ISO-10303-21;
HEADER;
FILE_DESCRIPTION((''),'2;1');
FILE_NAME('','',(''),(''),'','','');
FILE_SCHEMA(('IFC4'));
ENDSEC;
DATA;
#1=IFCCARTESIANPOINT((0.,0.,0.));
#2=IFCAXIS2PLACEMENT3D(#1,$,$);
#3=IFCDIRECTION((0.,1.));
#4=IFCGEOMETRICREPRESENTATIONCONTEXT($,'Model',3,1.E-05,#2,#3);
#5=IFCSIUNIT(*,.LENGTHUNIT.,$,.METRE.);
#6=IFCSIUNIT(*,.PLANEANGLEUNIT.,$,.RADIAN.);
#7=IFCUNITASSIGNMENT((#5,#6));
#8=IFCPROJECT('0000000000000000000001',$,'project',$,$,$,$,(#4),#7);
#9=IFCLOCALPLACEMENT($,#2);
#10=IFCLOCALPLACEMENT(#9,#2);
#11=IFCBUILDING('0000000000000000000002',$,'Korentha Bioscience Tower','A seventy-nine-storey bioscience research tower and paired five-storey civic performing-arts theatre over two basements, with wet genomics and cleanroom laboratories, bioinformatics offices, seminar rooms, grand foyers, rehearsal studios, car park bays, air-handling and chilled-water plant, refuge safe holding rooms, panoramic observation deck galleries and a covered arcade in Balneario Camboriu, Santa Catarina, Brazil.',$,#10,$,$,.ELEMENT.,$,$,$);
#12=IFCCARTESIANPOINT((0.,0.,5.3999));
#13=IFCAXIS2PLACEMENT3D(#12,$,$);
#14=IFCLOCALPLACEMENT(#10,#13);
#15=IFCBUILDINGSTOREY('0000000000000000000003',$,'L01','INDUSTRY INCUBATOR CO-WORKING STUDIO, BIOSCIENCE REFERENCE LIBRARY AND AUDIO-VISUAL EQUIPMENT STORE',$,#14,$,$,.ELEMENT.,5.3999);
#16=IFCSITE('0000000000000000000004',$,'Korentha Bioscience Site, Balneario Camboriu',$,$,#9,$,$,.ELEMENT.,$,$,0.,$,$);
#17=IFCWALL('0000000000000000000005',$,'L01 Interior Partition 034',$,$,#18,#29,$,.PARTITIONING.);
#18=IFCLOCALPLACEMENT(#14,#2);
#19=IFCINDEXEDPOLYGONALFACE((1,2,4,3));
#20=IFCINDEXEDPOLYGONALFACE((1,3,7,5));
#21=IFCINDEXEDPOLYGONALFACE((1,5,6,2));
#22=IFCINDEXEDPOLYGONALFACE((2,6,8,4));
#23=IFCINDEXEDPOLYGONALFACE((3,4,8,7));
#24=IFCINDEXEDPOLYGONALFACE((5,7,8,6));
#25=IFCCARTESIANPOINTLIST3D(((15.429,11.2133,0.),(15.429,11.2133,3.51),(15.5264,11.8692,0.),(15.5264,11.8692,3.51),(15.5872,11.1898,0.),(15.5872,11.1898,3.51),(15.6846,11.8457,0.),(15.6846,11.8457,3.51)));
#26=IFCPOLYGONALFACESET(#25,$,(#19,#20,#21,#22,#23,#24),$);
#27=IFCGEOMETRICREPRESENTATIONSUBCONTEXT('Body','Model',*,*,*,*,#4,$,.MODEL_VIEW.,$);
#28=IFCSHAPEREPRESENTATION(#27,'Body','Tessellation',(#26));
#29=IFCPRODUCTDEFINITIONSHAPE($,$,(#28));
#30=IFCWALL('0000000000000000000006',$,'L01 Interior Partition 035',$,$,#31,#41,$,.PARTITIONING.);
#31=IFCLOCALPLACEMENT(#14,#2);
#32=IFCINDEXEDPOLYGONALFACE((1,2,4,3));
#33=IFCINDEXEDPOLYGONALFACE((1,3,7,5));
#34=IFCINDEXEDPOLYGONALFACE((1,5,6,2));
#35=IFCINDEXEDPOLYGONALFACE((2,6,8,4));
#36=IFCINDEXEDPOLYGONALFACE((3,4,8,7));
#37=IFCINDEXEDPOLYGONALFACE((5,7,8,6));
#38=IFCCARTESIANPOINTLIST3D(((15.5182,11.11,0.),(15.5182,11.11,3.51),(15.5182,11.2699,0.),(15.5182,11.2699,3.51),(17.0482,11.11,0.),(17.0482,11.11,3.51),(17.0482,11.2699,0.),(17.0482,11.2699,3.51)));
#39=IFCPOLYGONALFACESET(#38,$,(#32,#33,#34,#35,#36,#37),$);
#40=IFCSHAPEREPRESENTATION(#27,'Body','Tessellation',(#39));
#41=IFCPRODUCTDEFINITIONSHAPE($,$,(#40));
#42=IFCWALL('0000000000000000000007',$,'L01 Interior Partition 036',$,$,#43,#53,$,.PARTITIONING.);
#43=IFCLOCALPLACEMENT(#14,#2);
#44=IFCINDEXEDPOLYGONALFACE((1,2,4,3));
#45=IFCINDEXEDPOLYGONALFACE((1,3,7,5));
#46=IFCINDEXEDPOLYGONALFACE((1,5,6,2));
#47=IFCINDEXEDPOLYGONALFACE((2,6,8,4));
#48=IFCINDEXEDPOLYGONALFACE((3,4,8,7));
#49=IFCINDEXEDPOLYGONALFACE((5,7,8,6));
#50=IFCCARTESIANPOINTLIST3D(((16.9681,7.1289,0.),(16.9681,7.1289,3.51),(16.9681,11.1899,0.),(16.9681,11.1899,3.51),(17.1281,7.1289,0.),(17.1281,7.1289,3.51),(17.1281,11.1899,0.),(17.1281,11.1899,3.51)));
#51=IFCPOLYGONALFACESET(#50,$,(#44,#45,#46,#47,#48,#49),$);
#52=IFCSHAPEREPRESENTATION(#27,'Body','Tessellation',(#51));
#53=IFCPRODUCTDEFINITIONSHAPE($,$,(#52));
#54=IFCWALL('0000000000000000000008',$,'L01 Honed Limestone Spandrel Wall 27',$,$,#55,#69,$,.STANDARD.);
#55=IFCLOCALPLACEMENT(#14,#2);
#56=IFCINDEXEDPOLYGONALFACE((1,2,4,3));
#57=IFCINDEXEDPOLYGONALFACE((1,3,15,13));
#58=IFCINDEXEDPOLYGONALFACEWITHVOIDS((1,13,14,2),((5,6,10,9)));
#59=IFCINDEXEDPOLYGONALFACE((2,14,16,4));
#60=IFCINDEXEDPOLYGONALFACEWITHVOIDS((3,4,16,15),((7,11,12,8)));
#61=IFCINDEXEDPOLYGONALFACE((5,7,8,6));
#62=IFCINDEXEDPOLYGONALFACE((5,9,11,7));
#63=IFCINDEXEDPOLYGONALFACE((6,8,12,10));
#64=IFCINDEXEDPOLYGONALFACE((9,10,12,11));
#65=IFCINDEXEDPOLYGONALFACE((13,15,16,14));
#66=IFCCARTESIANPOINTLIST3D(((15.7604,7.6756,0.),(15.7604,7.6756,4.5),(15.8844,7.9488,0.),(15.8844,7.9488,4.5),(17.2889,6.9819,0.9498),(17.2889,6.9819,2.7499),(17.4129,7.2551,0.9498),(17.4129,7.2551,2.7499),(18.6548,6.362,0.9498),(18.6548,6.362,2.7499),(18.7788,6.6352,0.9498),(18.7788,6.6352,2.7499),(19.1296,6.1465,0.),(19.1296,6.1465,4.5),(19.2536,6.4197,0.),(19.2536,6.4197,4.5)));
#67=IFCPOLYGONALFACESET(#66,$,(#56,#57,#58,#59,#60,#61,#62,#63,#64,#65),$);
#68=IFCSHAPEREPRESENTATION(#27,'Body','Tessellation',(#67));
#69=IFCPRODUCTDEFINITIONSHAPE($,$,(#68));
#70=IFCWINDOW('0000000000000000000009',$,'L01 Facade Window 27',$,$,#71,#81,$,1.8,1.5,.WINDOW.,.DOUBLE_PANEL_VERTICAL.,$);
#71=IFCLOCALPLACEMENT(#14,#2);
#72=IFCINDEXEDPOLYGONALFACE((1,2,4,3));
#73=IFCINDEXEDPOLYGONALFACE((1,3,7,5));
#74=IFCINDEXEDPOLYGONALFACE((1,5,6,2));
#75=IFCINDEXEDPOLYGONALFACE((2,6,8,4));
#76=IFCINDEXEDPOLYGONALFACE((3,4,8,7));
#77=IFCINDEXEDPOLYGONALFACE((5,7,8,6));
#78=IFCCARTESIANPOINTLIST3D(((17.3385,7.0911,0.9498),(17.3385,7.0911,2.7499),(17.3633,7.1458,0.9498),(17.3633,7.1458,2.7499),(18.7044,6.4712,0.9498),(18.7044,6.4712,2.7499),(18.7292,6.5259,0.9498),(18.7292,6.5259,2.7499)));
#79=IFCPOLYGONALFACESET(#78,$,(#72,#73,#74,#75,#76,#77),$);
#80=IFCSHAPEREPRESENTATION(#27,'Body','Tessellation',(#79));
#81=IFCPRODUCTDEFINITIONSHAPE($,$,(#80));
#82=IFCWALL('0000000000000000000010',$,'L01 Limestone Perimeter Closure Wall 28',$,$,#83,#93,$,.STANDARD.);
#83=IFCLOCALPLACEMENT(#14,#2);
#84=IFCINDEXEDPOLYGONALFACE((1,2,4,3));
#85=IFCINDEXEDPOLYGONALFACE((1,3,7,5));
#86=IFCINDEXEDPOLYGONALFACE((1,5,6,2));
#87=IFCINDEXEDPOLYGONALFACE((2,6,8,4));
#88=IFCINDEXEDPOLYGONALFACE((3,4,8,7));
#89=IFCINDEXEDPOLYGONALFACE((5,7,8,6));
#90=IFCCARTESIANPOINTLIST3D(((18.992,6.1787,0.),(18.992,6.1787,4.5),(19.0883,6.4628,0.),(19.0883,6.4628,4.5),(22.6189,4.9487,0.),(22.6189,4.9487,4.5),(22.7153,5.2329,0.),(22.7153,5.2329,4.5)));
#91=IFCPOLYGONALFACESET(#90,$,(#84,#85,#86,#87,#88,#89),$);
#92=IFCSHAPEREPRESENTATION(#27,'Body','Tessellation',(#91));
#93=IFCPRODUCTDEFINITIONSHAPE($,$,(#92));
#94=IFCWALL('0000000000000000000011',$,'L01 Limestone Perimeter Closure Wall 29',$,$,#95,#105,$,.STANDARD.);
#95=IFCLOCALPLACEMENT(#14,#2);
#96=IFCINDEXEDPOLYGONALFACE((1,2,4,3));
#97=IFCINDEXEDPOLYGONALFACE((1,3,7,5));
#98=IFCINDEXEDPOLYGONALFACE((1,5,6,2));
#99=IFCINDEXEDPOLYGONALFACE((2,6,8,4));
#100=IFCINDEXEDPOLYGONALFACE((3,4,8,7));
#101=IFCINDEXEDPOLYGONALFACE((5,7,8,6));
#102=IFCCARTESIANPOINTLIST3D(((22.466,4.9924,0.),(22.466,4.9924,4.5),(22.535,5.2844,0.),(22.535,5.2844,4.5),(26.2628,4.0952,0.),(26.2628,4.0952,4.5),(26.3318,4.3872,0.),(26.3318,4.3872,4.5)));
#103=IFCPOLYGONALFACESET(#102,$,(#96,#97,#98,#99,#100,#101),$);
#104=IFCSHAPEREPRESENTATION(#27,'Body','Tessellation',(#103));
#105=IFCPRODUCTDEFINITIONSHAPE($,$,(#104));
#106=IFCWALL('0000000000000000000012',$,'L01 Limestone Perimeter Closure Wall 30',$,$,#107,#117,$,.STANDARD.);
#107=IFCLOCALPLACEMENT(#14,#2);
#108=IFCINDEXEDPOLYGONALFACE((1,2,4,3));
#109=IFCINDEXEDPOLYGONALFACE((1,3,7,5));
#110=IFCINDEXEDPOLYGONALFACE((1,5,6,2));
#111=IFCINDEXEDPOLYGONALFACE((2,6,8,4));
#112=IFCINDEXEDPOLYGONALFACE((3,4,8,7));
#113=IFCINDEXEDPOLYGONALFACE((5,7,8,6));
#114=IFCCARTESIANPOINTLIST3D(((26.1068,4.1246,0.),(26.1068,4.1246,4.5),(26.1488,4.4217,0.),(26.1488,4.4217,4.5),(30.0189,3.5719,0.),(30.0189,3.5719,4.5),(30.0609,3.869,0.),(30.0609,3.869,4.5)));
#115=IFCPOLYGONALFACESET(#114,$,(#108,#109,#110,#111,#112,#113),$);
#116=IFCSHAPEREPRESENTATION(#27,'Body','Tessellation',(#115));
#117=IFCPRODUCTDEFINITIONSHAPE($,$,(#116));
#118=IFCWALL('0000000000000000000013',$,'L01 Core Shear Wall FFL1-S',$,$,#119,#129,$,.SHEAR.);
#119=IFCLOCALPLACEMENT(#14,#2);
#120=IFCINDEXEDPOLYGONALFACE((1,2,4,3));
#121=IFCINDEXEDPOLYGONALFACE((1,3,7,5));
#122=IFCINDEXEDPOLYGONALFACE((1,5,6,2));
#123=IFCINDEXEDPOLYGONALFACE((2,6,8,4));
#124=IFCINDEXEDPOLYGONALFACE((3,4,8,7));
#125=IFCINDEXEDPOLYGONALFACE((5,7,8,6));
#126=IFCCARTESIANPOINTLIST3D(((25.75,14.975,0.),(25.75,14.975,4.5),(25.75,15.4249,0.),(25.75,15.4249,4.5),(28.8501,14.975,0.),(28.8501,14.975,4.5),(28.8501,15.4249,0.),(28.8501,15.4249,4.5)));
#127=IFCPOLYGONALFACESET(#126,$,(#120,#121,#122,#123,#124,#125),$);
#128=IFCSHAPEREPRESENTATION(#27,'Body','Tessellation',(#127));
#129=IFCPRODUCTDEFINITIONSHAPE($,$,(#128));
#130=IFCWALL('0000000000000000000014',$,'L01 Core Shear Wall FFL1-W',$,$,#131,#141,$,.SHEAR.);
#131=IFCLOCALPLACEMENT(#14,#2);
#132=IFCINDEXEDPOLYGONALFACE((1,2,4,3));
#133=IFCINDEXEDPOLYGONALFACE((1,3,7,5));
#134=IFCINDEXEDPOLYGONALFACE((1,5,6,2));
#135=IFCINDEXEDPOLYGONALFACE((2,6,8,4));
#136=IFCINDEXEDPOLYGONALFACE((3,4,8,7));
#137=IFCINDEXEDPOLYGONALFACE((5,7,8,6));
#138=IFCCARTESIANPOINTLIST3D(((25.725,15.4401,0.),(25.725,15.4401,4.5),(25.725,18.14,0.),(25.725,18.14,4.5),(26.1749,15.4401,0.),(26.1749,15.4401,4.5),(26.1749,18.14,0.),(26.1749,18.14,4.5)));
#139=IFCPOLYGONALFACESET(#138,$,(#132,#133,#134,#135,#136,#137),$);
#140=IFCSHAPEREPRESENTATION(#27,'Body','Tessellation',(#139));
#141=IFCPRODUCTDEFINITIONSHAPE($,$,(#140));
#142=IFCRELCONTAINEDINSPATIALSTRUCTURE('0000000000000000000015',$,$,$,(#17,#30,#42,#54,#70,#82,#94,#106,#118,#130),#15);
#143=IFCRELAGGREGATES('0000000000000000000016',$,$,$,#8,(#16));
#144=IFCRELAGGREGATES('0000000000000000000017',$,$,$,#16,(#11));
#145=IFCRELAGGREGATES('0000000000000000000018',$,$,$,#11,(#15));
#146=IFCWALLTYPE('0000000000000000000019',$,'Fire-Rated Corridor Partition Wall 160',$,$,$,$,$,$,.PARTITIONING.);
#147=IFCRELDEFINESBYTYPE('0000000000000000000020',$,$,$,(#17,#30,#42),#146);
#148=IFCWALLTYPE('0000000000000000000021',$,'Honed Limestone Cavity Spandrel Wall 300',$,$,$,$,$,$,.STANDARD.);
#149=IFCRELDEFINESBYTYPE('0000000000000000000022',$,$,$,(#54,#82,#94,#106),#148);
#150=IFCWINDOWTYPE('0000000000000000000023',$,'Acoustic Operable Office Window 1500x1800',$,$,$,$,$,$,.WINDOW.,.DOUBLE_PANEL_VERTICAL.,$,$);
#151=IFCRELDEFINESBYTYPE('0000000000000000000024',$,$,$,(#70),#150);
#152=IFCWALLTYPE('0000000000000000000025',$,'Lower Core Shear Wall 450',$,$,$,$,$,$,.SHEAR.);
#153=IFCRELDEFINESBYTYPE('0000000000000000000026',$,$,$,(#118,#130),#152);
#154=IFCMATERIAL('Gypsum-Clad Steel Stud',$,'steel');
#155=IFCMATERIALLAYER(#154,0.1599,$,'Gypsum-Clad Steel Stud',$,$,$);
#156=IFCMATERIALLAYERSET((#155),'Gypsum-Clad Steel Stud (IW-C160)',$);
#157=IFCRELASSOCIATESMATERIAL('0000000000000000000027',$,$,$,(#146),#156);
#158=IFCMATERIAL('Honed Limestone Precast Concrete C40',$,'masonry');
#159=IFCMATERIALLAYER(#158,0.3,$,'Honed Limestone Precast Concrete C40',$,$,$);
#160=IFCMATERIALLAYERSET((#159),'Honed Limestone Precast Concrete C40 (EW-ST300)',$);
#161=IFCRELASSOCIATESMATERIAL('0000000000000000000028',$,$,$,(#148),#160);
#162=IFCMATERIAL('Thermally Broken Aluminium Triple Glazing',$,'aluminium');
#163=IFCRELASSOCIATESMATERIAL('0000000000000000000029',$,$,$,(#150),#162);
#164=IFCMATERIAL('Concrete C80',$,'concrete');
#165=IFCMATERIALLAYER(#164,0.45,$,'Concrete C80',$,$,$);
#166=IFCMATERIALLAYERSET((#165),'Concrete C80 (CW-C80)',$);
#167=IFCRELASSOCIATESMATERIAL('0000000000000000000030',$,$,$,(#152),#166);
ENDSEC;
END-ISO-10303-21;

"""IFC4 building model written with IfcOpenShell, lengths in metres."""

from ifc_helpers import new_model, si_unit, direction, frame, frame_2d, origin, place, context, subcontext, project, spatial, rectangle, extrude, material, layer, layer_set, type_object, element, fill, save


model = new_model("IFC4")

# Units and contexts
model_context = context("Model", 3, precision=1e-05, world=origin(), true_north=direction((0.0, 1.0)))
body_context = subcontext(model_context, "Body", "Model", "MODEL_VIEW")
ifc_project = project(units=[si_unit("LENGTHUNIT", "METRE"), si_unit("PLANEANGLEUNIT", "RADIAN")], contexts=[model_context])

# Site, building, storey
site_placement = place(None, origin())
site = spatial("IfcSite", under=ifc_project, at=site_placement, Name="Korentha Bioscience Site, Balneario Camboriu", CompositionType="ELEMENT", RefElevation=0.0)
building_placement = place(site_placement, origin())
building = spatial("IfcBuilding", under=site, at=building_placement, Name="Korentha Bioscience Tower", Description="A seventy-nine-storey bioscience research tower and paired five-storey civic performing-arts theatre over two basements, with wet genomics and cleanroom laboratories, bioinformatics offices, seminar rooms, grand foyers, rehearsal studios, car park bays, air-handling and chilled-water plant, refuge safe holding rooms, panoramic observation deck galleries and a covered arcade in Balneario Camboriu, Santa Catarina, Brazil.", CompositionType="ELEMENT")
storey_placement = place(building_placement, frame((0.0, 0.0, 5.3999)))
storey = spatial("IfcBuildingStorey", under=building, at=storey_placement, Name="L01", Description="INDUSTRY INCUBATOR CO-WORKING STUDIO, BIOSCIENCE REFERENCE LIBRARY AND AUDIO-VISUAL EQUIPMENT STORE", CompositionType="ELEMENT", Elevation=5.3999)

# Shared definitions
ifc_material_1 = material(Name="Concrete C80", Category="concrete")

# Shared definitions
ifc_material_2 = material(Name="Gypsum-Clad Steel Stud", Category="steel")
ifc_layer_1 = layer(ifc_material_2, 0.1599, Name="Gypsum-Clad Steel Stud")
ifc_layer_set_1 = layer_set([ifc_layer_1], Name="Gypsum-Clad Steel Stud (IW-C160)")
wall_type_1 = type_object("IfcWallType", Name="Fire-Rated Corridor Partition Wall 160", PredefinedType="PARTITIONING", material=ifc_layer_set_1)

# Walls
wall_1_placement = place(storey_placement, frame((15.6055, 11.8574, 0.0), z_axis=(0.0, 0.0, 1.0), x_axis=(-0.146882, -0.989154, 0.0)))
element("IfcWall", 1, at=wall_1_placement, inside=storey, type_object=wall_type_1, Name="L01 Interior Partition 034", PredefinedType="PARTITIONING", context=body_context, shape_type="SweptSolid", body=[
    extrude(rectangle(XDim=0.6631, YDim=0.1599, at=frame_2d((0.3315, 0.0))), origin(), (0.0, 0.0, 1.0), 3.51),
])
wall_2_placement = place(storey_placement, frame((15.5181, 11.1899, 0.0), z_axis=(0.0, 0.0, 1.0), x_axis=(1.0, 0.0, 0.0)))
element("IfcWall", 2, at=wall_2_placement, inside=storey, type_object=wall_type_1, Name="L01 Interior Partition 035", PredefinedType="PARTITIONING", context=body_context, shape_type="SweptSolid", body=[
    extrude(rectangle(XDim=1.53, YDim=0.1599, at=frame_2d((0.7651, 0.0))), origin(), (0.0, 0.0, 1.0), 3.51),
])
wall_3_placement = place(storey_placement, frame((17.0481, 11.1899, 0.0), z_axis=(0.0, 0.0, 1.0), x_axis=(0.0, -1.0, 0.0)))
element("IfcWall", 3, at=wall_3_placement, inside=storey, type_object=wall_type_1, Name="L01 Interior Partition 036", PredefinedType="PARTITIONING", context=body_context, shape_type="SweptSolid", body=[
    extrude(rectangle(XDim=4.061, YDim=0.1599, at=frame_2d((2.0305, 0.0))), origin(), (0.0, 0.0, 1.0), 3.51),
])

# Wall, opening, window
ifc_material_3 = material(Name="Honed Limestone Precast Concrete C40", Category="masonry")
ifc_layer_2 = layer(ifc_material_3, 0.3, Name="Honed Limestone Precast Concrete C40")
ifc_layer_set_2 = layer_set([ifc_layer_2], Name="Honed Limestone Precast Concrete C40 (EW-ST300)")
wall_type_2 = type_object("IfcWallType", Name="Honed Limestone Cavity Spandrel Wall 300", PredefinedType="STANDARD", material=ifc_layer_set_2)
wall_4_placement = place(storey_placement, frame((15.8223, 7.8123, 0.0), z_axis=(0.0, 0.0, 1.0), x_axis=(0.910608, -0.413271, 0.0)))
wall_4 = element("IfcWall", 4, at=wall_4_placement, inside=storey, type_object=wall_type_2, Name="L01 Honed Limestone Spandrel Wall 27", PredefinedType="STANDARD", context=body_context, shape_type="SweptSolid", body=[
    extrude(rectangle(XDim=3.7, YDim=0.3, at=frame_2d((1.8501, 0.0))), origin(), (0.0, 0.0, 1.0), 4.5),
])
opening_1_placement = place(wall_4_placement, frame((1.6787, 0.0, 0.95)))
opening_1 = element("IfcOpeningElement", 5, at=opening_1_placement, cuts=wall_4, PredefinedType="OPENING", context=body_context, shape_type="SweptSolid", body=[
    extrude(rectangle(XDim=1.5, YDim=1.8, at=frame_2d((0.75, 0.8999))), frame((0.0, 0.165, 0.0), z_axis=(0.0, -1.0, 0.0), x_axis=(1.0, 0.0, 0.0)), (0.0, 0.0, 1.0), 0.3298),
])
ifc_material_4 = material(Name="Thermally Broken Aluminium Triple Glazing", Category="aluminium")
window_type = type_object("IfcWindowType", Name="Acoustic Operable Office Window 1500x1800", PartitioningType="DOUBLE_PANEL_VERTICAL", PredefinedType="WINDOW", material=ifc_material_4)
window_placement = place(opening_1_placement, origin())
window = element("IfcWindow", 6, at=window_placement, inside=storey, type_object=window_type, Name="L01 Facade Window 27", OverallHeight=1.8, OverallWidth=1.5, PartitioningType="DOUBLE_PANEL_VERTICAL", PredefinedType="WINDOW", context=body_context, shape_type="SweptSolid", body=[
    extrude(rectangle(XDim=1.5, YDim=1.8, at=frame_2d((0.75, 0.8999))), frame((0.0, 0.03, 0.0), z_axis=(0.0, -1.0, 0.0), x_axis=(1.0, 0.0, 0.0)), (0.0, 0.0, 1.0), 0.0601),
])
fill(opening_1, window)

# Walls
wall_5_placement = place(storey_placement, frame((19.04, 6.3208, 0.0), z_axis=(0.0, 0.0, 1.0), x_axis=(0.947026, -0.321158, 0.0)))
element("IfcWall", 7, at=wall_5_placement, inside=storey, type_object=wall_type_2, Name="L01 Limestone Perimeter Closure Wall 28", PredefinedType="STANDARD", context=body_context, shape_type="SweptSolid", body=[
    extrude(rectangle(XDim=3.8298, YDim=0.3, at=frame_2d((1.915, 0.0))), origin(), (0.0, 0.0, 1.0), 4.5),
])
wall_6_placement = place(storey_placement, frame((22.5005, 5.1384, 0.0), z_axis=(0.0, 0.0, 1.0), x_axis=(0.973198, -0.22997, 0.0)))
element("IfcWall", 8, at=wall_6_placement, inside=storey, type_object=wall_type_2, Name="L01 Limestone Perimeter Closure Wall 29", PredefinedType="STANDARD", context=body_context, shape_type="SweptSolid", body=[
    extrude(rectangle(XDim=3.9014, YDim=0.3, at=frame_2d((1.9507, 0.0))), origin(), (0.0, 0.0, 1.0), 4.5),
])
wall_7_placement = place(storey_placement, frame((26.1277, 4.2732, 0.0), z_axis=(0.0, 0.0, 1.0), x_axis=(0.990166, -0.139899, 0.0)))
element("IfcWall", 9, at=wall_7_placement, inside=storey, type_object=wall_type_2, Name="L01 Limestone Perimeter Closure Wall 30", PredefinedType="STANDARD", context=body_context, shape_type="SweptSolid", body=[
    extrude(rectangle(XDim=3.9509, YDim=0.3, at=frame_2d((1.9756, 0.0))), origin(), (0.0, 0.0, 1.0), 4.5),
])
ifc_layer_3 = layer(ifc_material_1, 0.45, Name="Concrete C80")
ifc_layer_set_3 = layer_set([ifc_layer_3], Name="Concrete C80 (CW-C80)")
wall_type_3 = type_object("IfcWallType", Name="Lower Core Shear Wall 450", PredefinedType="SHEAR", material=ifc_layer_set_3)
wall_8_placement = place(storey_placement, frame((25.75, 15.2, 0.0), z_axis=(0.0, 0.0, 1.0), x_axis=(1.0, 0.0, 0.0)))
element("IfcWall", 10, at=wall_8_placement, inside=storey, type_object=wall_type_3, Name="L01 Core Shear Wall FFL1-S", PredefinedType="SHEAR", context=body_context, shape_type="SweptSolid", body=[
    extrude(rectangle(XDim=3.1001, YDim=0.45, at=frame_2d((1.55, 0.0))), origin(), (0.0, 0.0, 1.0), 4.5),
])
wall_9_placement = place(storey_placement, frame((25.95, 15.4399, 0.0), z_axis=(0.0, 0.0, 1.0), x_axis=(0.0, 1.0, 0.0)))
element("IfcWall", 11, at=wall_9_placement, inside=storey, type_object=wall_type_3, Name="L01 Core Shear Wall FFL1-W", PredefinedType="SHEAR", context=body_context, shape_type="SweptSolid", body=[
    extrude(rectangle(XDim=2.7, YDim=0.45, at=frame_2d((1.3501, 0.0))), origin(), (0.0, 0.0, 1.0), 4.5),
])

save(model, "model.ifc")
